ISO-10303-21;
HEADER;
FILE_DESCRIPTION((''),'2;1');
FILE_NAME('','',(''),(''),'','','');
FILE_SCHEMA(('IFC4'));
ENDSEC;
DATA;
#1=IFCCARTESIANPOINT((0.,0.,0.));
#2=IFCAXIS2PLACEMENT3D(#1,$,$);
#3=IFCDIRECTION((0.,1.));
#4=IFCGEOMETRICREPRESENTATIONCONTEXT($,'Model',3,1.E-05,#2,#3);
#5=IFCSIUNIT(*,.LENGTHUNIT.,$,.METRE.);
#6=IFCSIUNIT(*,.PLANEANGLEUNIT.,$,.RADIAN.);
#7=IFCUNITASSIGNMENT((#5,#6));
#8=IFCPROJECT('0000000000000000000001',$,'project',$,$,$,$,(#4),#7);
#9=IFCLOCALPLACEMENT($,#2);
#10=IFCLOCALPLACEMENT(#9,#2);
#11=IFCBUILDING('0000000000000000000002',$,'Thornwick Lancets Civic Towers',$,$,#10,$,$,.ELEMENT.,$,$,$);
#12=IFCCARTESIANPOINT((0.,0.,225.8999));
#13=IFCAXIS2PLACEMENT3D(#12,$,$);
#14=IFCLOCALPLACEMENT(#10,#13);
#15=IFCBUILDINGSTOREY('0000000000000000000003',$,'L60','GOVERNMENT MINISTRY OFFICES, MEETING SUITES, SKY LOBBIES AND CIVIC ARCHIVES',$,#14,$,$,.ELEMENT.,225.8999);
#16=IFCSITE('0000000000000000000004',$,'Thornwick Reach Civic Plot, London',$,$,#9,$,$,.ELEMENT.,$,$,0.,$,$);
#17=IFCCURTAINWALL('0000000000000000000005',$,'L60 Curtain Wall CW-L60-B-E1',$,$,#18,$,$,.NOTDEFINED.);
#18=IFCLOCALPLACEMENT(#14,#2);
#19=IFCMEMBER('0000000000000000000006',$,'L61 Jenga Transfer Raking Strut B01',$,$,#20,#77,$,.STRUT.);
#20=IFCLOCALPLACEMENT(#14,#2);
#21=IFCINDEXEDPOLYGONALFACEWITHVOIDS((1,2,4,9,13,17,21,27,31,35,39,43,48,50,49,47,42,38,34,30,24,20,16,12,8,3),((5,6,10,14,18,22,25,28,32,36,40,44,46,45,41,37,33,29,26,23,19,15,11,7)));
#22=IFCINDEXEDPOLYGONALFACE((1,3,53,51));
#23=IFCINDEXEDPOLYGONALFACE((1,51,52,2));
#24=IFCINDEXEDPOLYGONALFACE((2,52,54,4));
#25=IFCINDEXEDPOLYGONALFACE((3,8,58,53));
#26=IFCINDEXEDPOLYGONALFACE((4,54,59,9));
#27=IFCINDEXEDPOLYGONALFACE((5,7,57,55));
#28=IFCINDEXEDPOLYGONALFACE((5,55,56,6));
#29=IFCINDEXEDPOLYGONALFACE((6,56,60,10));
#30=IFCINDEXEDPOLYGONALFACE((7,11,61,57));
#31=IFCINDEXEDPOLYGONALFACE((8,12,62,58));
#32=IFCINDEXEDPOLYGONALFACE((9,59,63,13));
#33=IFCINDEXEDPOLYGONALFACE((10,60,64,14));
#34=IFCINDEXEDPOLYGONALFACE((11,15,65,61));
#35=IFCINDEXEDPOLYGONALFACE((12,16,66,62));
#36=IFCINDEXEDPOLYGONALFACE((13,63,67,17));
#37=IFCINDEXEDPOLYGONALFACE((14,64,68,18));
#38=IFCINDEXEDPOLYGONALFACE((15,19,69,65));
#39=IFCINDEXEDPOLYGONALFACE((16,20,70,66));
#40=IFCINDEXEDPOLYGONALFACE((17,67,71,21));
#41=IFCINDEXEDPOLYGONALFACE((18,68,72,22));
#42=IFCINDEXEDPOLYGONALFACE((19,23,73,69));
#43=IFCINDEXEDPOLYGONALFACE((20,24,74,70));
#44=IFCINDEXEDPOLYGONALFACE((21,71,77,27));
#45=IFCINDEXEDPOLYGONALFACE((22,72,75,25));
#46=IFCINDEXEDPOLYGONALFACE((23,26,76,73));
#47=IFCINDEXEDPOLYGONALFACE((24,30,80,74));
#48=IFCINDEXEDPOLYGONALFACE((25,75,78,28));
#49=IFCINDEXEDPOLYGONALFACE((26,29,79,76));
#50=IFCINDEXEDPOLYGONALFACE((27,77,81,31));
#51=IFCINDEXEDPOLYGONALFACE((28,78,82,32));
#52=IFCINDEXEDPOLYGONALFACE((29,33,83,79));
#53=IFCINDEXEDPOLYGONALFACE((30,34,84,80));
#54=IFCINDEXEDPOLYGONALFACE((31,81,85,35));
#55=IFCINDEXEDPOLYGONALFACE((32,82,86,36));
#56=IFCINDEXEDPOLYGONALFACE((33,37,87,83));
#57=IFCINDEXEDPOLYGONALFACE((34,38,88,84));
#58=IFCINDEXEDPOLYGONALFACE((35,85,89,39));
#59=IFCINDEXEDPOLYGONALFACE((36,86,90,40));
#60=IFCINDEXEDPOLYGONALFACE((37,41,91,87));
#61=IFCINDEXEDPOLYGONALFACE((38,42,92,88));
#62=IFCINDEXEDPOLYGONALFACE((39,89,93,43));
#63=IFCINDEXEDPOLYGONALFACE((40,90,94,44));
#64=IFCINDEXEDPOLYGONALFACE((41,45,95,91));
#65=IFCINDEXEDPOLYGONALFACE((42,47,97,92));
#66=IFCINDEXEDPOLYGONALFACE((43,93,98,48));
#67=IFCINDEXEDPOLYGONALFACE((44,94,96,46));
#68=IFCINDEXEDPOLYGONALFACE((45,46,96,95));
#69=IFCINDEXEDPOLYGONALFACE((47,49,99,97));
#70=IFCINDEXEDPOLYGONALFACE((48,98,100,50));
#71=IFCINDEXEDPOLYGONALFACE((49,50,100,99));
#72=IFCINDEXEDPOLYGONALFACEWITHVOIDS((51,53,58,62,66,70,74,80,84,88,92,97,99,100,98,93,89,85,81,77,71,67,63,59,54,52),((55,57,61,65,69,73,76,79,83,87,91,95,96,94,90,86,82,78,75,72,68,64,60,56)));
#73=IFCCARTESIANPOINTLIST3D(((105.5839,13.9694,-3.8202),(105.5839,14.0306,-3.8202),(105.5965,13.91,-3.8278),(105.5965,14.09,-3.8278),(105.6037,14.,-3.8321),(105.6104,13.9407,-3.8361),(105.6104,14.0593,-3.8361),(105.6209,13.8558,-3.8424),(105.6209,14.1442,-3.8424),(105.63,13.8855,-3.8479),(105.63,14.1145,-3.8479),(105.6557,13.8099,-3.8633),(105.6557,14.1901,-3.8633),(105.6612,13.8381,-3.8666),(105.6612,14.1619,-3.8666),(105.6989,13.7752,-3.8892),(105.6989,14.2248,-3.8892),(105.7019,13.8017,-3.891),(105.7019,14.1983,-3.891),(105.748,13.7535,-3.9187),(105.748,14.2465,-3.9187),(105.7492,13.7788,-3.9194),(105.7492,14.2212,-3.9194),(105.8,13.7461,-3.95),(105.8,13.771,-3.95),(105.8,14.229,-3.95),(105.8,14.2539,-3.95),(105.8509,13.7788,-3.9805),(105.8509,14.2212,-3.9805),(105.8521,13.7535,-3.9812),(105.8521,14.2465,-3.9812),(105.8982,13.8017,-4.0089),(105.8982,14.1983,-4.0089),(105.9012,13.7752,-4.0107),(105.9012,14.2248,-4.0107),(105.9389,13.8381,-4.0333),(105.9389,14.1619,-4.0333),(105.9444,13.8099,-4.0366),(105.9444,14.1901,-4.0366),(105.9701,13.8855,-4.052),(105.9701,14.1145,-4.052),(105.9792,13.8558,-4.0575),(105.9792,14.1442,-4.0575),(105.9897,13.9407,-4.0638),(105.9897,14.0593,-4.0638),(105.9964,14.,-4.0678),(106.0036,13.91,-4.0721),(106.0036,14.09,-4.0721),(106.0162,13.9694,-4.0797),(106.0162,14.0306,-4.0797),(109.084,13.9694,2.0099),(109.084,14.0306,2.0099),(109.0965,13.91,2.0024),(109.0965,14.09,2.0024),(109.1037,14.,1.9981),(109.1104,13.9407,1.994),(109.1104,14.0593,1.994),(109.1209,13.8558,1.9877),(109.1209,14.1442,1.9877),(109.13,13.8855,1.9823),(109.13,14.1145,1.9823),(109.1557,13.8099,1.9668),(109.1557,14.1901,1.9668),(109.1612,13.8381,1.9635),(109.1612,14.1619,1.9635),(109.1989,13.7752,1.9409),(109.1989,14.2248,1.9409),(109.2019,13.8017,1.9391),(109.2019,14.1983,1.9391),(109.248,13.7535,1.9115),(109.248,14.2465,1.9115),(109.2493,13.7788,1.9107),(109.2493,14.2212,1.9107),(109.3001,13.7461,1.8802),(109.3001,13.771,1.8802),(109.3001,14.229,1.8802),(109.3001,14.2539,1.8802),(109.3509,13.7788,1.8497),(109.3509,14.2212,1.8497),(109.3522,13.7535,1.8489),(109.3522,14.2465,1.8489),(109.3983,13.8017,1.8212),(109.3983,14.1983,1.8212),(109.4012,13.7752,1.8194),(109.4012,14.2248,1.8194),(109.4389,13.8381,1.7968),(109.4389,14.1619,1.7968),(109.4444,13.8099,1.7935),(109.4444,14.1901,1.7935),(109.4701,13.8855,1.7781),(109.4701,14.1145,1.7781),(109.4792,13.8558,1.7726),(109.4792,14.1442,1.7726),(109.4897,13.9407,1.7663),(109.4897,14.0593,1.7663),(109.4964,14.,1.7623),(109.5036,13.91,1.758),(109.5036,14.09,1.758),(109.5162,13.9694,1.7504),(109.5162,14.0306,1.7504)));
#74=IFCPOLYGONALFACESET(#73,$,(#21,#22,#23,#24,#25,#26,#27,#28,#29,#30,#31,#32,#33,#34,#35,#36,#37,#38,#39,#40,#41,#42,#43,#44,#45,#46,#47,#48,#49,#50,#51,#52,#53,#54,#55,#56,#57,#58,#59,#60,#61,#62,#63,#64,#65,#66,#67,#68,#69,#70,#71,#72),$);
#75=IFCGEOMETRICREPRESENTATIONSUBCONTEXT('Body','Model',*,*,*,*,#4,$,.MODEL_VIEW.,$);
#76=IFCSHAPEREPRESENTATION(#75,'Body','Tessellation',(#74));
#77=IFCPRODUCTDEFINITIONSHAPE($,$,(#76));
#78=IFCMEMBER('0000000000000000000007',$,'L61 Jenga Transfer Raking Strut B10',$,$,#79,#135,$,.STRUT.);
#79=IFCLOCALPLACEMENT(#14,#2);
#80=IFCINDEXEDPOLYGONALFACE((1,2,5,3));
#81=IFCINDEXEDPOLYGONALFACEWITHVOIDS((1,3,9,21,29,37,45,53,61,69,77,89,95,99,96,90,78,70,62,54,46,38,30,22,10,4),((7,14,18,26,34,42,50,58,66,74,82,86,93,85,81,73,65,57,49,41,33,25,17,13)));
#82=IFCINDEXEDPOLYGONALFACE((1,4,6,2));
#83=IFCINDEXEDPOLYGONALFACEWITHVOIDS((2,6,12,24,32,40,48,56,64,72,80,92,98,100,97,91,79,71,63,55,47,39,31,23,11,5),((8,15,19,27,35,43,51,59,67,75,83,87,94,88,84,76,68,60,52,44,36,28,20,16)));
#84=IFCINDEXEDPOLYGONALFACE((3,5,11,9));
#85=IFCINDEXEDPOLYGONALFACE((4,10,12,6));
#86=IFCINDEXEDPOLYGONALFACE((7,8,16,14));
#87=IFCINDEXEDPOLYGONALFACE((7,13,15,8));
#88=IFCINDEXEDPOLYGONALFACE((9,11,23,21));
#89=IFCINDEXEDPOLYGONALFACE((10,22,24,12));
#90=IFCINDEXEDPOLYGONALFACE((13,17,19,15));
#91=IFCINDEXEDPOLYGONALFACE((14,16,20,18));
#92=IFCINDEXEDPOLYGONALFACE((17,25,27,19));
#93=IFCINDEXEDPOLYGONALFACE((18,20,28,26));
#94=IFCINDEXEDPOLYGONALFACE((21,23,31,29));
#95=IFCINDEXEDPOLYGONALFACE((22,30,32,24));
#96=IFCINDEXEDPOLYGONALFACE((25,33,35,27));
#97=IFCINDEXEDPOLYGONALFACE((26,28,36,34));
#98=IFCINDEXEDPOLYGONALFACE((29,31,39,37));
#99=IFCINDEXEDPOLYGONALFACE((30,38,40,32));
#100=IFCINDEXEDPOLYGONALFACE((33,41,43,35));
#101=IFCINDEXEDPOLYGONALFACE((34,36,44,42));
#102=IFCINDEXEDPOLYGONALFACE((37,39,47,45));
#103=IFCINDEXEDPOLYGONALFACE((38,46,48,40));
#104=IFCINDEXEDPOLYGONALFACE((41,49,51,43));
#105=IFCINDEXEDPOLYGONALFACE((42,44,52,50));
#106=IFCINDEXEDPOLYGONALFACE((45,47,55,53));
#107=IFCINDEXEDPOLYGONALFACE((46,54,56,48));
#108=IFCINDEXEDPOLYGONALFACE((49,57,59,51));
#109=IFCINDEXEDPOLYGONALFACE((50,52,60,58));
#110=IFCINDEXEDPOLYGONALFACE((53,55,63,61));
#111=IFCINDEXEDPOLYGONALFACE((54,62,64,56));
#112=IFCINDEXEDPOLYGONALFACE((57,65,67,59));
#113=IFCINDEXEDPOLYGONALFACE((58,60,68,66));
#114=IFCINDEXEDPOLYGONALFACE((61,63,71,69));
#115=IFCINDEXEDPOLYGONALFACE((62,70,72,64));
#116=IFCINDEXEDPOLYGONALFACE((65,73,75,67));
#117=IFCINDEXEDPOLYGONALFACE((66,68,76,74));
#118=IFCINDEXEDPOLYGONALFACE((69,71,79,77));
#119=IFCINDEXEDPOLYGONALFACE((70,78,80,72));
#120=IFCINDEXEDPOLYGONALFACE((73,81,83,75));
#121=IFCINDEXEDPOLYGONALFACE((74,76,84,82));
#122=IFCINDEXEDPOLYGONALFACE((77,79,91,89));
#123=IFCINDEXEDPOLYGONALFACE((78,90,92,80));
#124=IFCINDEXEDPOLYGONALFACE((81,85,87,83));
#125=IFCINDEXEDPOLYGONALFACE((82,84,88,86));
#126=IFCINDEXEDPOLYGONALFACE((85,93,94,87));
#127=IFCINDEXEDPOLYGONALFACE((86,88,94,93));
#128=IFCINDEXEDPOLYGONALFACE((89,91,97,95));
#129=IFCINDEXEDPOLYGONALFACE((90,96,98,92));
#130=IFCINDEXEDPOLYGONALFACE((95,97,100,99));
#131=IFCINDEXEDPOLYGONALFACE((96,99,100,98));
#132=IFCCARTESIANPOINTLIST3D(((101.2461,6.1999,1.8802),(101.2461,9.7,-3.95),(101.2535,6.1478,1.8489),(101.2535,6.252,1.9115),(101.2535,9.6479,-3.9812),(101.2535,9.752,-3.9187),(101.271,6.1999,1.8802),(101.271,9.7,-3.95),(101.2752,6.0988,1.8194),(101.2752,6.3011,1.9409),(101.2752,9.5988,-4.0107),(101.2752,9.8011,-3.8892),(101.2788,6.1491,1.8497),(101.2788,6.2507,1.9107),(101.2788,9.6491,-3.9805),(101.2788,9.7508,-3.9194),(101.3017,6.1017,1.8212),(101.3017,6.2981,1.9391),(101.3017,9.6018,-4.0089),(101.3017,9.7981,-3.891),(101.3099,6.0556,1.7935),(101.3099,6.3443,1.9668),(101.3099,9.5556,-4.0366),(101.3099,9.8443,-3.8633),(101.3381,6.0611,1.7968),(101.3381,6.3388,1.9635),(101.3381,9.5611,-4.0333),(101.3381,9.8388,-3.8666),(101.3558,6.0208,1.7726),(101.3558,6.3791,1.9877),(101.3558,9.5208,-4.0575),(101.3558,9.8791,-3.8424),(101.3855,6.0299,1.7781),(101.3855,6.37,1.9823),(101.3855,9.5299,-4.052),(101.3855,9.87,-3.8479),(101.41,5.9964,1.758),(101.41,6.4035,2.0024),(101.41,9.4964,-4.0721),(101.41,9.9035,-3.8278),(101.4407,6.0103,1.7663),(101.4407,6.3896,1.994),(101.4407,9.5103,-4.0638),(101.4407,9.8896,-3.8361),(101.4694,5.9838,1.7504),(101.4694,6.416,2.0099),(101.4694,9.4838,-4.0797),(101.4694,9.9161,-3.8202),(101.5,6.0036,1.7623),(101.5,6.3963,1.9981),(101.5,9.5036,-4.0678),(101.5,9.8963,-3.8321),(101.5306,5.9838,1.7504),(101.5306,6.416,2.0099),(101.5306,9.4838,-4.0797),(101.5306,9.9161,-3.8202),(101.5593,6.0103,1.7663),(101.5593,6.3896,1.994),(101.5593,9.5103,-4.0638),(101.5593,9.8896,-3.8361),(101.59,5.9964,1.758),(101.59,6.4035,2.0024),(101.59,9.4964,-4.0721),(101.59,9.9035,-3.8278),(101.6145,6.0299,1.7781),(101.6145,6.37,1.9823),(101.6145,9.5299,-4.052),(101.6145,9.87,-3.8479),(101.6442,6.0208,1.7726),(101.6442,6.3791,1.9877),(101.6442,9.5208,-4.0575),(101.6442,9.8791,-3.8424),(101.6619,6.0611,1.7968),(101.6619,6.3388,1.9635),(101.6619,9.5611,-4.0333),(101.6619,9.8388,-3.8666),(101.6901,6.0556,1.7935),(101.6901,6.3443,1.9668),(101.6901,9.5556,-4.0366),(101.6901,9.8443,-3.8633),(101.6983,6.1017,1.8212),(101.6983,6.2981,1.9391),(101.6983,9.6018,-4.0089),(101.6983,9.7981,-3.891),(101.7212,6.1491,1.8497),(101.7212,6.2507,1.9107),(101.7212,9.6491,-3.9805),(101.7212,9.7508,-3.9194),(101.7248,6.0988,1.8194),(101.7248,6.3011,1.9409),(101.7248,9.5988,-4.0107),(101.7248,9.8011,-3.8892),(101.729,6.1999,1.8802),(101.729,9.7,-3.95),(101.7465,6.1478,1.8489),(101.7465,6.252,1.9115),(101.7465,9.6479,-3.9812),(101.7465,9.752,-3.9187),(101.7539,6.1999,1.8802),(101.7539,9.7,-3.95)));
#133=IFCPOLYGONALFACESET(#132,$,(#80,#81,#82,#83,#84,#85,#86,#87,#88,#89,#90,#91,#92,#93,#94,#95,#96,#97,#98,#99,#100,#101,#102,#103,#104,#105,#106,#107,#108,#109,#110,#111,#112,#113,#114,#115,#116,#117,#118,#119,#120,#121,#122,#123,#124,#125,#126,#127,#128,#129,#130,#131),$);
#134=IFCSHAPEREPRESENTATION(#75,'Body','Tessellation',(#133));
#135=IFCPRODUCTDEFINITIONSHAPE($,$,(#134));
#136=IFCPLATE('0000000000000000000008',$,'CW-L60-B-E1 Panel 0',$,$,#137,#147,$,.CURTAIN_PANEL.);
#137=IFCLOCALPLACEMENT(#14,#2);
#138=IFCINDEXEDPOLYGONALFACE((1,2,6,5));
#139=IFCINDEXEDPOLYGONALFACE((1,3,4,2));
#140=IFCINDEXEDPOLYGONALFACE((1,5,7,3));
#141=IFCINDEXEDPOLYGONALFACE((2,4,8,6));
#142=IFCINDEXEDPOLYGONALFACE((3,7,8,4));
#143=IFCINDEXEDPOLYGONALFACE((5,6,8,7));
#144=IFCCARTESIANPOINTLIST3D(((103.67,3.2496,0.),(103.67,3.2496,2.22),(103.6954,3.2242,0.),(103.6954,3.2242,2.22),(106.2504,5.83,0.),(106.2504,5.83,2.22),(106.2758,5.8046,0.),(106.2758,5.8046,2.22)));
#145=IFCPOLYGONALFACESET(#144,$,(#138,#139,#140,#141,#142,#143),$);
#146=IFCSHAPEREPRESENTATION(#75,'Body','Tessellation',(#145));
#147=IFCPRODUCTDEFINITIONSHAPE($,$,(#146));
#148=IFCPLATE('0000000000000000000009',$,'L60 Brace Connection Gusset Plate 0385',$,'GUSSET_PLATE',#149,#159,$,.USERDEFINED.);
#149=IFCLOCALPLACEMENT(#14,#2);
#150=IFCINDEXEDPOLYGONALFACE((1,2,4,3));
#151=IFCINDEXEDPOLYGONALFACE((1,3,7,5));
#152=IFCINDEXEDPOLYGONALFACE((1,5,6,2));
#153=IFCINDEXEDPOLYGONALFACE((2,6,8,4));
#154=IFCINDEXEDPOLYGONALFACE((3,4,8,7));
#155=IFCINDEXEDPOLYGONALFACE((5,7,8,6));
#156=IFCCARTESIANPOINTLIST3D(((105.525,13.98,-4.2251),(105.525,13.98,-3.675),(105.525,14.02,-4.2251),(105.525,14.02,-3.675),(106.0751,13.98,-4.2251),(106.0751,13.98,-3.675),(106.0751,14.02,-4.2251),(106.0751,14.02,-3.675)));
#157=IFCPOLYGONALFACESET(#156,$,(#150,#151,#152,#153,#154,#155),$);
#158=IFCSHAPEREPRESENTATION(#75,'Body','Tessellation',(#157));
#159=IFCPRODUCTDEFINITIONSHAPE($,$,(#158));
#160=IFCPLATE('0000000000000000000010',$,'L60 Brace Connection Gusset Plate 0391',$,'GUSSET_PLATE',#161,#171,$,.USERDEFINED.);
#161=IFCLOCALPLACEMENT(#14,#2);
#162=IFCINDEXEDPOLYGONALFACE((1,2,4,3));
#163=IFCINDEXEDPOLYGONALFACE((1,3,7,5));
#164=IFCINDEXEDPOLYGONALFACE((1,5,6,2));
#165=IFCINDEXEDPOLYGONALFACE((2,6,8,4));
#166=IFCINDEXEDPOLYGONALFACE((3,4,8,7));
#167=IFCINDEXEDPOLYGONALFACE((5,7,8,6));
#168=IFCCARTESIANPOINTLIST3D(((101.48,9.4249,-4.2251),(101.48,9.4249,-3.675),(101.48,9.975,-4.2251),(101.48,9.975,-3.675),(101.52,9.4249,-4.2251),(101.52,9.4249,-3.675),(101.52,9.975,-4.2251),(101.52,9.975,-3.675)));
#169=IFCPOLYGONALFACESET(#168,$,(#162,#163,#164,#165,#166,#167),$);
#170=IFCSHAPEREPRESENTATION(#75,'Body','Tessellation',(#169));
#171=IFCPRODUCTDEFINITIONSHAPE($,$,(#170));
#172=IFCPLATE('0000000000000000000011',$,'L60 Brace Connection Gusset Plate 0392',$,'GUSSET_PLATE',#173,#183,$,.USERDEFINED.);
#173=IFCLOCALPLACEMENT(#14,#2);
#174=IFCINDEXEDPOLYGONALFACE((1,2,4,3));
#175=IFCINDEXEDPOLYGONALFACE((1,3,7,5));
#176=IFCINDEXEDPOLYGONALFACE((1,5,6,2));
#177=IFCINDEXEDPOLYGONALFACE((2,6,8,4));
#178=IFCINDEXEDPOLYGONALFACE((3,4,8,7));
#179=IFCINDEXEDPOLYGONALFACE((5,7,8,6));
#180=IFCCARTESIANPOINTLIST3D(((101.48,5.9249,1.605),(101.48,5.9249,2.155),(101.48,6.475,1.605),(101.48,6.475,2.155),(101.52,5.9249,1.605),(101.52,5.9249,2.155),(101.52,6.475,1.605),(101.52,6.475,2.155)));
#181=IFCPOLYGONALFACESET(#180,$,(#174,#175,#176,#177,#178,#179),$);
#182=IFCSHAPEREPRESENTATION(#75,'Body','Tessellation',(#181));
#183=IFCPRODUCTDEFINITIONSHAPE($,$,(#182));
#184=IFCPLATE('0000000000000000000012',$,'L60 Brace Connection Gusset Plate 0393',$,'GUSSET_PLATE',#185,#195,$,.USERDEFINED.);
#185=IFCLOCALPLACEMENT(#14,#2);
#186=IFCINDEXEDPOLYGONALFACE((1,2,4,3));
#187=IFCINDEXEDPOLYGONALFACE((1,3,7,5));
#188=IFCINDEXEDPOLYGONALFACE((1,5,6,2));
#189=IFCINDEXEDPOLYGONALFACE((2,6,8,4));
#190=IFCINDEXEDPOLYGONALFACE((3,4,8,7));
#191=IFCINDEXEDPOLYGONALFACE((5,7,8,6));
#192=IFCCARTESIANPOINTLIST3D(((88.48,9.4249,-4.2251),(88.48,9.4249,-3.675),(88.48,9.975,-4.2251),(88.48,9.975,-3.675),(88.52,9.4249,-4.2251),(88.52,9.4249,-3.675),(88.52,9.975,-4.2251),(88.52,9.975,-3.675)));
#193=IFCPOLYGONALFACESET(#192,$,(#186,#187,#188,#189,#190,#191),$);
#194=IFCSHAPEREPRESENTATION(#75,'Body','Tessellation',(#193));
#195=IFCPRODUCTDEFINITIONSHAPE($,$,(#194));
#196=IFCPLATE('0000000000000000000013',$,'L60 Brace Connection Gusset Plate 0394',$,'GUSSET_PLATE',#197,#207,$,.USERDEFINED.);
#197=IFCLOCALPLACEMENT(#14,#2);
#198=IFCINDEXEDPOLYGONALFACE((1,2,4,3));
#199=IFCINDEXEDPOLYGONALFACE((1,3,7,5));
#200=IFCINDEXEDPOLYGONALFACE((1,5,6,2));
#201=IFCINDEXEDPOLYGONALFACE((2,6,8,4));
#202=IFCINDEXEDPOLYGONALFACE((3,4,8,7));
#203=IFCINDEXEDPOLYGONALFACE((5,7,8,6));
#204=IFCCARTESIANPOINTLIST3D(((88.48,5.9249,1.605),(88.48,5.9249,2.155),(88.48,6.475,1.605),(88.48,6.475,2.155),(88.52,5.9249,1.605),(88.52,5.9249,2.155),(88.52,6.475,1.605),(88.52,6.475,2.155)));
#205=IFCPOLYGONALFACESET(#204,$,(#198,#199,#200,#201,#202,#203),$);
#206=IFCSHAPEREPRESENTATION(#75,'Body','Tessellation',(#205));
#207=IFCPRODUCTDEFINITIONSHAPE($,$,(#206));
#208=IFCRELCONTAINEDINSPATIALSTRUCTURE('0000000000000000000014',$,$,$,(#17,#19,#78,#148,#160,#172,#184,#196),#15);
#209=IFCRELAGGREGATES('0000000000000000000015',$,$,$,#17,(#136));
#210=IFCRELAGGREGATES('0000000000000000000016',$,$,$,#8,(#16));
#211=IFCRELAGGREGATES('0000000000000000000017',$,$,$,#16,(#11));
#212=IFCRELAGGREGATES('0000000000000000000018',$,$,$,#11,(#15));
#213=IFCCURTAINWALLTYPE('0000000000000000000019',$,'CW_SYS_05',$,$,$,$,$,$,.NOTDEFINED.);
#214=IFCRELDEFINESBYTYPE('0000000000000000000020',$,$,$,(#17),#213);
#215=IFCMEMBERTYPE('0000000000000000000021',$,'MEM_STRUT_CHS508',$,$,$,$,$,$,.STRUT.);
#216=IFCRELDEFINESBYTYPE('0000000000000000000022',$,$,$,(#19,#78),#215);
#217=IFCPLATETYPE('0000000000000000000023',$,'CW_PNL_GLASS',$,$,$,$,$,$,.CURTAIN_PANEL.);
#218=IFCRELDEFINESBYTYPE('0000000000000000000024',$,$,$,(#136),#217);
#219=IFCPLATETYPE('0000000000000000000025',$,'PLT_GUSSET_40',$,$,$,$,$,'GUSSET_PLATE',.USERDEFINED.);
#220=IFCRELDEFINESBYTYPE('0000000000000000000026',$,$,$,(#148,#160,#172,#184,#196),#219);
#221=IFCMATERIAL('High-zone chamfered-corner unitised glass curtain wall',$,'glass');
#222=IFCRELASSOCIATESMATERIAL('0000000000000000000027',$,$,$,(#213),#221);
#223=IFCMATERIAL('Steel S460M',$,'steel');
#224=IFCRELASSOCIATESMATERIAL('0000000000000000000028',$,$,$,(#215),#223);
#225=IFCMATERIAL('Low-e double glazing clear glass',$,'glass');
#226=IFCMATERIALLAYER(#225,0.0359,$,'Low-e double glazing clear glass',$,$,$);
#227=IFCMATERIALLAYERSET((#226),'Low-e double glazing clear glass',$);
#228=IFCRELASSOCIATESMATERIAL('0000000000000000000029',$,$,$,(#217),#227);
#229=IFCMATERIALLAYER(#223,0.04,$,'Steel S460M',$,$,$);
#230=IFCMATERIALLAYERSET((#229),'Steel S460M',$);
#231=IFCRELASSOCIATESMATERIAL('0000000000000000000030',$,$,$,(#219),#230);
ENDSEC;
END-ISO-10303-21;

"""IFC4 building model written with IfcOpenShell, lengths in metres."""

from ifc_helpers import new_model, si_unit, direction, frame, origin, origin_2d, place, context, subcontext, project, spatial, rectangle, hollow_circle, extrude, material, layer, layer_set, material_profile, profile_set, type_object, element, aggregate, save


model = new_model("IFC4")

# Units and contexts
model_context = context("Model", 3, precision=1e-05, world=origin(), true_north=direction((0.0, 1.0)))
body_context = subcontext(model_context, "Body", "Model", "MODEL_VIEW")
ifc_project = project(units=[si_unit("LENGTHUNIT", "METRE"), si_unit("PLANEANGLEUNIT", "RADIAN")], contexts=[model_context])

# Site, building, storey
site_placement = place(None, origin())
site = spatial("IfcSite", under=ifc_project, at=site_placement, Name="Thornwick Reach Civic Plot, London", CompositionType="ELEMENT", RefElevation=0.0)
building_placement = place(site_placement, origin())
building = spatial("IfcBuilding", under=site, at=building_placement, Name="Thornwick Lancets Civic Towers", CompositionType="ELEMENT")
storey_placement = place(building_placement, frame((0.0, 0.0, 225.8999)))
storey = spatial("IfcBuildingStorey", under=building, at=storey_placement, Name="L60", Description="GOVERNMENT MINISTRY OFFICES, MEETING SUITES, SKY LOBBIES AND CIVIC ARCHIVES", CompositionType="ELEMENT", Elevation=225.8999)

# Curtain wall
ifc_material_1 = material(Name="High-zone chamfered-corner unitised glass curtain wall", Category="glass")
curtain_wall_type = type_object("IfcCurtainWallType", Name="CW_SYS_05", PredefinedType="NOTDEFINED", material=ifc_material_1)
curtain_wall_placement = place(storey_placement, origin())
curtain_wall = element("IfcCurtainWall", 1, at=curtain_wall_placement, inside=storey, type_object=curtain_wall_type, Name="L60 Curtain Wall CW-L60-B-E1", PredefinedType="NOTDEFINED")

# Members
ifc_material_2 = material(Name="Steel S460M", Category="steel")
ifc_material_profile_1 = material_profile(ifc_material_2, hollow_circle(Radius=0.2539, WallThickness=0.0249, at=origin_2d()), Name="CHS 508x25")
ifc_profile_set_1 = profile_set([ifc_material_profile_1], Name="Steel S460M")
member_type_1 = type_object("IfcMemberType", Name="MEM_STRUT_CHS508", PredefinedType="STRUT", material=ifc_profile_set_1)
for number, where, z_axis, x_axis, name in (
    (2, (105.8, 14.0, -3.95), (0.514707, 0.0, 0.857366), (0.0, 1.0, 0.0), "L61 Jenga Transfer Raking Strut B01"),
    (3, (101.5, 9.7, -3.95), (0.0, -0.514707, 0.857366), (1.0, 0.0, 0.0), "L61 Jenga Transfer Raking Strut B10"),
):
    element("IfcMember", number, at=place(storey_placement, frame(where, z_axis=z_axis, x_axis=x_axis)), inside=storey, type_object=member_type_1, Name=name, PredefinedType="STRUT", context=body_context, shape_type="SweptSolid", body=[
        extrude(hollow_circle(Radius=0.2539, WallThickness=0.0249, at=origin_2d()), origin(), (0.0, 0.0, 1.0), 6.8),
    ])

# Plate
ifc_material_3 = material(Name="Low-e double glazing clear glass", Category="glass")
ifc_layer_1 = layer(ifc_material_3, 0.0359, Name="Low-e double glazing clear glass")
ifc_layer_set_1 = layer_set([ifc_layer_1], Name="Low-e double glazing clear glass")
plate_type_1 = type_object("IfcPlateType", Name="CW_PNL_GLASS", PredefinedType="CURTAIN_PANEL", material=ifc_layer_set_1)
plate_placement = place(storey_placement, frame((104.9729, 4.5271, 0.0), z_axis=(0.0, 0.0, 1.0), x_axis=(0.707107, 0.707107, 0.0)))
plate = element("IfcPlate", 4, at=plate_placement, type_object=plate_type_1, Name="CW-L60-B-E1 Panel 0", PredefinedType="CURTAIN_PANEL", context=body_context, shape_type="SweptSolid", body=[
    extrude(rectangle(XDim=3.6492, YDim=0.0359, at=origin_2d()), origin(), (0.0, 0.0, 1.0), 2.22),
])
aggregate(curtain_wall, [plate])

# Plates
ifc_layer_2 = layer(ifc_material_2, 0.04, Name="Steel S460M")
ifc_layer_set_2 = layer_set([ifc_layer_2], Name="Steel S460M")
plate_type_2 = type_object("IfcPlateType", Name="PLT_GUSSET_40", ElementType="GUSSET_PLATE", PredefinedType="USERDEFINED", material=ifc_layer_set_2)
for number, where, z_axis, x_axis, name in (
    (5, (105.8, 14.0, -4.2251), (0.0, 0.0, 1.0), (1.0, 0.0, 0.0), "L60 Brace Connection Gusset Plate 0385"),
    (6, (101.5, 9.7, -4.2251), (0.0, 0.0, 1.0), (0.0, -1.0, 0.0), "L60 Brace Connection Gusset Plate 0391"),
    (7, (101.5, 6.2, 1.605), (0.0, 0.0, 1.0), (0.0, -1.0, 0.0), "L60 Brace Connection Gusset Plate 0392"),
    (8, (88.5, 9.7, -4.2251), (0.0, 0.0, 1.0), (0.0, -1.0, 0.0), "L60 Brace Connection Gusset Plate 0393"),
    (9, (88.5, 6.2, 1.605), (0.0, 0.0, 1.0), (0.0, -1.0, 0.0), "L60 Brace Connection Gusset Plate 0394"),
):
    element("IfcPlate", number, at=place(storey_placement, frame(where, z_axis=z_axis, x_axis=x_axis)), inside=storey, type_object=plate_type_2, Name=name, ObjectType="GUSSET_PLATE", PredefinedType="USERDEFINED", context=body_context, shape_type="SweptSolid", body=[
        extrude(rectangle(XDim=0.55, YDim=0.04, at=origin_2d()), origin(), (0.0, 0.0, 1.0), 0.55),
    ])

save(model, "model.ifc")
